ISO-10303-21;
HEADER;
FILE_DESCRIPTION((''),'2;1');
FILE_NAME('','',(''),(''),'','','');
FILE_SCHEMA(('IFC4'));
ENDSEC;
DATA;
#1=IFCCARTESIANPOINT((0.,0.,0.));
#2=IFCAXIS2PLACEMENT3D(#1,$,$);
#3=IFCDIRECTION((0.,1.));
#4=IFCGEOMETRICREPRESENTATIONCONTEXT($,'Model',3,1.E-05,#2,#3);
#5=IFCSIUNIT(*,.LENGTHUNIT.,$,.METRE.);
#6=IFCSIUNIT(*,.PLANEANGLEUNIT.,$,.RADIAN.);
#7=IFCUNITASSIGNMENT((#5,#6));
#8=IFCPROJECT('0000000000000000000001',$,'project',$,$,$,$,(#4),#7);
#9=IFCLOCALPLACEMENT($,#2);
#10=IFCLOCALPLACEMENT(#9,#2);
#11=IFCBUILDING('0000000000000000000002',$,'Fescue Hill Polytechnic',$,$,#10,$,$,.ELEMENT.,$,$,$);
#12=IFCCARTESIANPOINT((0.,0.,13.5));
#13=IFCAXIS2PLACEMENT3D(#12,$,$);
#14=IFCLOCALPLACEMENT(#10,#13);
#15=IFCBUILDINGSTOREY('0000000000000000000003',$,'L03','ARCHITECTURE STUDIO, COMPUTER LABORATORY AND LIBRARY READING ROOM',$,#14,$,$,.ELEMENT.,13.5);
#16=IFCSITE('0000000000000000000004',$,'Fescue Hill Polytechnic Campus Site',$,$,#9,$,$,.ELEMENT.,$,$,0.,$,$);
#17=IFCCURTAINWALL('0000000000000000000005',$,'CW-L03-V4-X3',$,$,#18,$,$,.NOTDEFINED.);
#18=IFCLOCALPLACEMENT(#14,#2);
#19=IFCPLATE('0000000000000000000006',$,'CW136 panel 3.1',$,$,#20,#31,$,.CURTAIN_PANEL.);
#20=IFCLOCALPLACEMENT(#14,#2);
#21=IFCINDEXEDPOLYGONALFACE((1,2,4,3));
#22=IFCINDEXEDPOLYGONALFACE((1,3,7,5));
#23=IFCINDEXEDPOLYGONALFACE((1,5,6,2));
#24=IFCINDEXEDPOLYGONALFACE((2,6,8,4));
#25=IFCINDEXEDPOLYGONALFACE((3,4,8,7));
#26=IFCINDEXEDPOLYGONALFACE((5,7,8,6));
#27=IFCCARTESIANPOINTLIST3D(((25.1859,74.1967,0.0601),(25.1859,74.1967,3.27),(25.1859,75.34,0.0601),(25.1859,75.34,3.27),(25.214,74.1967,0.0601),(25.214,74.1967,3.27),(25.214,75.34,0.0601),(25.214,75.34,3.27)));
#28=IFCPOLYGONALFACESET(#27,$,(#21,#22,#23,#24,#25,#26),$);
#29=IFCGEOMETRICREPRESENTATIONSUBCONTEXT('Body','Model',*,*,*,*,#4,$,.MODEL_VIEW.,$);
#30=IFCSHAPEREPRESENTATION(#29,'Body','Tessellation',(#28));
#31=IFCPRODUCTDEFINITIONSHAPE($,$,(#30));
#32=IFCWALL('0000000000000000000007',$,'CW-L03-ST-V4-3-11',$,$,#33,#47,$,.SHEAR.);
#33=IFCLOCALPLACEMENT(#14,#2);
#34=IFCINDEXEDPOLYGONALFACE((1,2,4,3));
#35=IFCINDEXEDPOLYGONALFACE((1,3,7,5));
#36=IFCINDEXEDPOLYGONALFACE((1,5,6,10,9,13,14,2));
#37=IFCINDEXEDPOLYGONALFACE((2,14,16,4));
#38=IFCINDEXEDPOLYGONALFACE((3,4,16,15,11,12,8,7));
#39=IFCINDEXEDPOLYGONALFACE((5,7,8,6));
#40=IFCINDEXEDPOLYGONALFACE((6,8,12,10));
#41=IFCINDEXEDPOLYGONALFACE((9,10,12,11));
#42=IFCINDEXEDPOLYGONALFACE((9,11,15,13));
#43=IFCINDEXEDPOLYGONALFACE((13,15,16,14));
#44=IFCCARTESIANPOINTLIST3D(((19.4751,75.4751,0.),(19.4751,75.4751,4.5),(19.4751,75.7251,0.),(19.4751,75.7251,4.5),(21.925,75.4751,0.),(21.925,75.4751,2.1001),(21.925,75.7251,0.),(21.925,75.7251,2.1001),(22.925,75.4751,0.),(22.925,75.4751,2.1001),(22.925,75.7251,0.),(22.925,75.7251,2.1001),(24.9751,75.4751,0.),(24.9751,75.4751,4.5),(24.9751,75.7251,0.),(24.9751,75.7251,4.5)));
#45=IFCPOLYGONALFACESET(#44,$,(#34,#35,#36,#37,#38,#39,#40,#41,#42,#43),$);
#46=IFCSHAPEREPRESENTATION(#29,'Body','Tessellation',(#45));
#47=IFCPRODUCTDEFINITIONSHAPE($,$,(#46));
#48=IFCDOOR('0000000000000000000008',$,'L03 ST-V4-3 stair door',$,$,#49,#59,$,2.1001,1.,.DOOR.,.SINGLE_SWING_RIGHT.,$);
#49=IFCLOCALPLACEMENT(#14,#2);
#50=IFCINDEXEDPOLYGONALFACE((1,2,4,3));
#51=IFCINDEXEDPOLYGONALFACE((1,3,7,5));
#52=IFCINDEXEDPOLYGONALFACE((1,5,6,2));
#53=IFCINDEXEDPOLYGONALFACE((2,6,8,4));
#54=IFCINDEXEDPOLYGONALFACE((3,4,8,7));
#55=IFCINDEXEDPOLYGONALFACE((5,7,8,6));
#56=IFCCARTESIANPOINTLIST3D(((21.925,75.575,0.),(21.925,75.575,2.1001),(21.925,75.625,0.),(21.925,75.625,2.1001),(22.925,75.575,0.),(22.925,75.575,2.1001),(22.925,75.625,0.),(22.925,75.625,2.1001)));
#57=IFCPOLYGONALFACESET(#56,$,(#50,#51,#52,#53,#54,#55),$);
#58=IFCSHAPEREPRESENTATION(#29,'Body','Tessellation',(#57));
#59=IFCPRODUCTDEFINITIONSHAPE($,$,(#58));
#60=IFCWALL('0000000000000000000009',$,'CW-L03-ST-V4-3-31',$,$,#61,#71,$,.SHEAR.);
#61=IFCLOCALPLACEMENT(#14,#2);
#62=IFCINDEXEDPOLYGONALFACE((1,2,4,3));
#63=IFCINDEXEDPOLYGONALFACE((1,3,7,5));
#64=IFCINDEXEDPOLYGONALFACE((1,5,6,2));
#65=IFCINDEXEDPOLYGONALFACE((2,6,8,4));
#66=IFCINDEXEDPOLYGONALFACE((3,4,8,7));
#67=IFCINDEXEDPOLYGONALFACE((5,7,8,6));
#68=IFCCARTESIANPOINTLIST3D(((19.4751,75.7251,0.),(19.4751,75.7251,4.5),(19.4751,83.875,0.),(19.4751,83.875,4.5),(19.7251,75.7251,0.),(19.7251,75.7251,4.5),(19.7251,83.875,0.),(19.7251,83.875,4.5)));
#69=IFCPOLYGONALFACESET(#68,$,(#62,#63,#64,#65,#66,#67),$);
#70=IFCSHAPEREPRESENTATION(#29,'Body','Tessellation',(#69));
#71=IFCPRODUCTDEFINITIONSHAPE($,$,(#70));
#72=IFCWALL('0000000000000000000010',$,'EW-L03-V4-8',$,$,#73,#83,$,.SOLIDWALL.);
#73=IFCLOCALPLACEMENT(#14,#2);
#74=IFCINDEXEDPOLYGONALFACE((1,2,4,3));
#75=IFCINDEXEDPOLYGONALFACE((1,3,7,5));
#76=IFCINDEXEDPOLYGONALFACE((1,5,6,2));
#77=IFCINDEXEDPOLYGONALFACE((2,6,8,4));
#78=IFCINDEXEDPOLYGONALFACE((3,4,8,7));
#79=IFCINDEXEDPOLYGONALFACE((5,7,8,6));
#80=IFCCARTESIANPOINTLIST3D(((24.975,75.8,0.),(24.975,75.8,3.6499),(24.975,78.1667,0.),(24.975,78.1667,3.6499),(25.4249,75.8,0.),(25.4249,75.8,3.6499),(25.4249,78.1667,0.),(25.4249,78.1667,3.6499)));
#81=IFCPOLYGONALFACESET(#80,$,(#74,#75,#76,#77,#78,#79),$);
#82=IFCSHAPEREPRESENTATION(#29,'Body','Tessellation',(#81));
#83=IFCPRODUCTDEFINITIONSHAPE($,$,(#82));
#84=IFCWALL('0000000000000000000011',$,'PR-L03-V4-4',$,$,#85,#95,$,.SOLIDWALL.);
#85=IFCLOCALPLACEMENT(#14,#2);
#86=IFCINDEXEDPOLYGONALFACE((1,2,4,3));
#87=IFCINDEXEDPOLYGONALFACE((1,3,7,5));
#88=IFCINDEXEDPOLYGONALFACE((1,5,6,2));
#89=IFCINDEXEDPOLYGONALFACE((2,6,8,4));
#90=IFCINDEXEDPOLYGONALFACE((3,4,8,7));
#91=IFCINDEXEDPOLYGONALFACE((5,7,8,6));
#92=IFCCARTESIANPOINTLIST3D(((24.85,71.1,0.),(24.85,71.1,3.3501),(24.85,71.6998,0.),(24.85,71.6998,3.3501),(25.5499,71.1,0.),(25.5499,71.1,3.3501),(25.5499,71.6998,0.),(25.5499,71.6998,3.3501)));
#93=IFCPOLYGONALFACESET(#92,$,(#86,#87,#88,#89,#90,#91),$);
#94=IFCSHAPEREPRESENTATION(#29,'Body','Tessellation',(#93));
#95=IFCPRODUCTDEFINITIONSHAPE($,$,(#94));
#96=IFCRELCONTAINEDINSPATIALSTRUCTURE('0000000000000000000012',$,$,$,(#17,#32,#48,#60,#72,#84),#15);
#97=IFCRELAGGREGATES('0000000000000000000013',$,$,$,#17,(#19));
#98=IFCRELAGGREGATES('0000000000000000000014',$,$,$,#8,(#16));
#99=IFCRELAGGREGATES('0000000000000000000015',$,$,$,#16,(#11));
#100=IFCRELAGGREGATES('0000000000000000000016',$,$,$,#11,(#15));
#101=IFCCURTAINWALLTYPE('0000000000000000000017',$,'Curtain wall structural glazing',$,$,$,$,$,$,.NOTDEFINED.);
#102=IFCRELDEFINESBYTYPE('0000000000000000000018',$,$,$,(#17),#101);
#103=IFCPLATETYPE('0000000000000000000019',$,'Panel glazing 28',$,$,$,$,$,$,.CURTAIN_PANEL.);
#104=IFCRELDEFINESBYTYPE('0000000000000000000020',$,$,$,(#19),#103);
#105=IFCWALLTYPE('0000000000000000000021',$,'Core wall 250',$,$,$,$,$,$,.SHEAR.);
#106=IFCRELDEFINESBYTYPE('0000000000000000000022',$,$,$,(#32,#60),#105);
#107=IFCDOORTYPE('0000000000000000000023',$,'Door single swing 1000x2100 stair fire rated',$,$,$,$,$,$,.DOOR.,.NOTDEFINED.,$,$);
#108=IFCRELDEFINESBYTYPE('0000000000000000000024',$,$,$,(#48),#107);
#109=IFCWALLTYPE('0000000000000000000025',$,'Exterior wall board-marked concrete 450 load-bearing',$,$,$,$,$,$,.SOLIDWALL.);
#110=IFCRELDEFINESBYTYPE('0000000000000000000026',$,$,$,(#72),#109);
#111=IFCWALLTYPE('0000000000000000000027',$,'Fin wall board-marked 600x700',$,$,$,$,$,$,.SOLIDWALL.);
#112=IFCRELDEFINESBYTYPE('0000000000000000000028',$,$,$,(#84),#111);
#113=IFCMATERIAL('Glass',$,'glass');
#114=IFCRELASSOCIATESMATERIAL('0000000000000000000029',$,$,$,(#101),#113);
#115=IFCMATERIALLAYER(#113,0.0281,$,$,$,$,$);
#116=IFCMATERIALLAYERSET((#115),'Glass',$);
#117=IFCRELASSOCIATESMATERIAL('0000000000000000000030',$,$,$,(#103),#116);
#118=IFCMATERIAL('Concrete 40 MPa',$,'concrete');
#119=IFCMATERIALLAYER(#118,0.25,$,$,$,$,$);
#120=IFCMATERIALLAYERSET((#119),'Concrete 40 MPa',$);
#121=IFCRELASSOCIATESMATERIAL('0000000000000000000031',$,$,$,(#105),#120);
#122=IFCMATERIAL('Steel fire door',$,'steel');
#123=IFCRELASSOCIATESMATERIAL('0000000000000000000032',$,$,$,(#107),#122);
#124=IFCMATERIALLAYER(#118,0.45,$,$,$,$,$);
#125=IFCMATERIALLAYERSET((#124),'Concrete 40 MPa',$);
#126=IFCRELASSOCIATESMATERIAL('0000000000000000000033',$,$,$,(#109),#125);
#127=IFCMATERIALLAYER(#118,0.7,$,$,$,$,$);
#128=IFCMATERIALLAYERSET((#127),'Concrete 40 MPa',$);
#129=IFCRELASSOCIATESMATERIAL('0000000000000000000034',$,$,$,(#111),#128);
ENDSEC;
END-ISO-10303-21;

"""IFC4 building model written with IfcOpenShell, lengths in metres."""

from ifc_helpers import new_model, si_unit, direction, frame, frame_2d, origin, origin_2d, place, context, subcontext, project, spatial, rectangle, extrude, material, layer, layer_set, type_object, element, fill, aggregate, save


model = new_model("IFC4")

# Units and contexts
model_context = context("Model", 3, precision=1e-05, world=origin(), true_north=direction((0.0, 1.0)))
body_context = subcontext(model_context, "Body", "Model", "MODEL_VIEW")
ifc_project = project(units=[si_unit("LENGTHUNIT", "METRE"), si_unit("PLANEANGLEUNIT", "RADIAN")], contexts=[model_context])

# Site, building, storey
site_placement = place(None, origin())
site = spatial("IfcSite", under=ifc_project, at=site_placement, Name="Fescue Hill Polytechnic Campus Site", CompositionType="ELEMENT", RefElevation=0.0)
building_placement = place(site_placement, origin())
building = spatial("IfcBuilding", under=site, at=building_placement, Name="Fescue Hill Polytechnic", CompositionType="ELEMENT")
storey_placement = place(building_placement, frame((0.0, 0.0, 13.5)))
storey = spatial("IfcBuildingStorey", under=building, at=storey_placement, Name="L03", Description="ARCHITECTURE STUDIO, COMPUTER LABORATORY AND LIBRARY READING ROOM", CompositionType="ELEMENT", Elevation=13.5)

# Shared definitions
ifc_material_1 = material(Name="Concrete 40 MPa", Category="concrete")

# Curtain wall, plate
ifc_material_2 = material(Name="Glass", Category="glass")
curtain_wall_type = type_object("IfcCurtainWallType", Name="Curtain wall structural glazing", PredefinedType="NOTDEFINED", material=ifc_material_2)
curtain_wall_placement = place(storey_placement, origin())
curtain_wall = element("IfcCurtainWall", 1, at=curtain_wall_placement, inside=storey, type_object=curtain_wall_type, Name="CW-L03-V4-X3", PredefinedType="NOTDEFINED")
ifc_layer_1 = layer(ifc_material_2, 0.0281)
ifc_layer_set_1 = layer_set([ifc_layer_1], Name="Glass")
plate_type = type_object("IfcPlateType", Name="Panel glazing 28", PredefinedType="CURTAIN_PANEL", material=ifc_layer_set_1)
plate_1_placement = place(storey_placement, frame((25.2, 74.7683, 0.0601), z_axis=(0.0, 0.0, 1.0), x_axis=(0.0, 1.0, 0.0)))
plate_1 = element("IfcPlate", 2, at=plate_1_placement, type_object=plate_type, Name="CW136 panel 3.1", PredefinedType="CURTAIN_PANEL", context=body_context, shape_type="SweptSolid", body=[
    extrude(rectangle(XDim=1.1433, YDim=0.0281, at=origin_2d()), origin(), (0.0, 0.0, 1.0), 3.21),
])
aggregate(curtain_wall, [plate_1])

# Wall, opening, door
ifc_layer_2 = layer(ifc_material_1, 0.25)
ifc_layer_set_2 = layer_set([ifc_layer_2], Name="Concrete 40 MPa")
wall_type_1 = type_object("IfcWallType", Name="Core wall 250", PredefinedType="SHEAR", material=ifc_layer_set_2)
wall_1_placement = place(storey_placement, frame((19.4751, 75.6001, 0.0), z_axis=(0.0, 0.0, 1.0), x_axis=(1.0, 0.0, 0.0)))
wall_1 = element("IfcWall", 3, at=wall_1_placement, inside=storey, type_object=wall_type_1, Name="CW-L03-ST-V4-3-11", PredefinedType="SHEAR", context=body_context, shape_type="SweptSolid", body=[
    extrude(rectangle(XDim=5.5, YDim=0.25, at=frame_2d((2.75, 0.0))), origin(), (0.0, 0.0, 1.0), 4.5),
])
opening_placement = place(wall_1_placement, frame((2.45, 0.0, 0.0)))
opening = element("IfcOpeningElement", 4, at=opening_placement, cuts=wall_1, PredefinedType="OPENING", context=body_context, shape_type="SweptSolid", body=[
    extrude(rectangle(XDim=1.0, YDim=2.1001, at=frame_2d((0.5, 1.05))), frame((0.0, 0.135, 0.0), z_axis=(0.0, -1.0, 0.0), x_axis=(1.0, 0.0, 0.0)), (0.0, 0.0, 1.0), 0.27),
])
ifc_material_3 = material(Name="Steel fire door", Category="steel")
door_type = type_object("IfcDoorType", Name="Door single swing 1000x2100 stair fire rated", OperationType="NOTDEFINED", PredefinedType="DOOR", material=ifc_material_3)
door_placement = place(opening_placement, origin())
door = element("IfcDoor", 5, at=door_placement, inside=storey, type_object=door_type, Name="L03 ST-V4-3 stair door", OperationType="SINGLE_SWING_RIGHT", OverallHeight=2.1001, OverallWidth=1.0, PredefinedType="DOOR", context=body_context, shape_type="SweptSolid", body=[
    extrude(rectangle(XDim=1.0, YDim=2.1001, at=frame_2d((0.5, 1.05))), frame((0.0, 0.0249, 0.0), z_axis=(0.0, -1.0, 0.0), x_axis=(1.0, 0.0, 0.0)), (0.0, 0.0, 1.0), 0.05),
])
fill(opening, door)

# Walls
wall_2_placement = place(storey_placement, frame((19.6001, 75.7251, 0.0), z_axis=(0.0, 0.0, 1.0), x_axis=(0.0, 1.0, 0.0)))
element("IfcWall", 6, at=wall_2_placement, inside=storey, type_object=wall_type_1, Name="CW-L03-ST-V4-3-31", PredefinedType="SHEAR", context=body_context, shape_type="SweptSolid", body=[
    extrude(rectangle(XDim=8.1499, YDim=0.25, at=frame_2d((4.075, 0.0))), origin(), (0.0, 0.0, 1.0), 4.5),
])
ifc_layer_3 = layer(ifc_material_1, 0.45)
ifc_layer_set_3 = layer_set([ifc_layer_3], Name="Concrete 40 MPa")
wall_type_2 = type_object("IfcWallType", Name="Exterior wall board-marked concrete 450 load-bearing", PredefinedType="SOLIDWALL", material=ifc_layer_set_3)
wall_3_placement = place(storey_placement, frame((25.2, 75.8, 0.0), z_axis=(0.0, 0.0, 1.0), x_axis=(0.0, 1.0, 0.0)))
element("IfcWall", 7, at=wall_3_placement, inside=storey, type_object=wall_type_2, Name="EW-L03-V4-8", PredefinedType="SOLIDWALL", context=body_context, shape_type="SweptSolid", body=[
    extrude(rectangle(XDim=2.3667, YDim=0.45, at=frame_2d((1.1833, 0.0))), origin(), (0.0, 0.0, 1.0), 3.6499),
])
ifc_layer_4 = layer(ifc_material_1, 0.7)
ifc_layer_set_4 = layer_set([ifc_layer_4], Name="Concrete 40 MPa")
wall_type_3 = type_object("IfcWallType", Name="Fin wall board-marked 600x700", PredefinedType="SOLIDWALL", material=ifc_layer_set_4)
wall_4_placement = place(storey_placement, frame((25.2, 71.1001, 0.0), z_axis=(0.0, 0.0, 1.0), x_axis=(0.0, 1.0, 0.0)))
element("IfcWall", 8, at=wall_4_placement, inside=storey, type_object=wall_type_3, Name="PR-L03-V4-4", PredefinedType="SOLIDWALL", context=body_context, shape_type="SweptSolid", body=[
    extrude(rectangle(XDim=0.5999, YDim=0.7, at=frame_2d((0.2998, 0.0))), origin(), (0.0, 0.0, 1.0), 3.3501),
])

save(model, "model.ifc")
